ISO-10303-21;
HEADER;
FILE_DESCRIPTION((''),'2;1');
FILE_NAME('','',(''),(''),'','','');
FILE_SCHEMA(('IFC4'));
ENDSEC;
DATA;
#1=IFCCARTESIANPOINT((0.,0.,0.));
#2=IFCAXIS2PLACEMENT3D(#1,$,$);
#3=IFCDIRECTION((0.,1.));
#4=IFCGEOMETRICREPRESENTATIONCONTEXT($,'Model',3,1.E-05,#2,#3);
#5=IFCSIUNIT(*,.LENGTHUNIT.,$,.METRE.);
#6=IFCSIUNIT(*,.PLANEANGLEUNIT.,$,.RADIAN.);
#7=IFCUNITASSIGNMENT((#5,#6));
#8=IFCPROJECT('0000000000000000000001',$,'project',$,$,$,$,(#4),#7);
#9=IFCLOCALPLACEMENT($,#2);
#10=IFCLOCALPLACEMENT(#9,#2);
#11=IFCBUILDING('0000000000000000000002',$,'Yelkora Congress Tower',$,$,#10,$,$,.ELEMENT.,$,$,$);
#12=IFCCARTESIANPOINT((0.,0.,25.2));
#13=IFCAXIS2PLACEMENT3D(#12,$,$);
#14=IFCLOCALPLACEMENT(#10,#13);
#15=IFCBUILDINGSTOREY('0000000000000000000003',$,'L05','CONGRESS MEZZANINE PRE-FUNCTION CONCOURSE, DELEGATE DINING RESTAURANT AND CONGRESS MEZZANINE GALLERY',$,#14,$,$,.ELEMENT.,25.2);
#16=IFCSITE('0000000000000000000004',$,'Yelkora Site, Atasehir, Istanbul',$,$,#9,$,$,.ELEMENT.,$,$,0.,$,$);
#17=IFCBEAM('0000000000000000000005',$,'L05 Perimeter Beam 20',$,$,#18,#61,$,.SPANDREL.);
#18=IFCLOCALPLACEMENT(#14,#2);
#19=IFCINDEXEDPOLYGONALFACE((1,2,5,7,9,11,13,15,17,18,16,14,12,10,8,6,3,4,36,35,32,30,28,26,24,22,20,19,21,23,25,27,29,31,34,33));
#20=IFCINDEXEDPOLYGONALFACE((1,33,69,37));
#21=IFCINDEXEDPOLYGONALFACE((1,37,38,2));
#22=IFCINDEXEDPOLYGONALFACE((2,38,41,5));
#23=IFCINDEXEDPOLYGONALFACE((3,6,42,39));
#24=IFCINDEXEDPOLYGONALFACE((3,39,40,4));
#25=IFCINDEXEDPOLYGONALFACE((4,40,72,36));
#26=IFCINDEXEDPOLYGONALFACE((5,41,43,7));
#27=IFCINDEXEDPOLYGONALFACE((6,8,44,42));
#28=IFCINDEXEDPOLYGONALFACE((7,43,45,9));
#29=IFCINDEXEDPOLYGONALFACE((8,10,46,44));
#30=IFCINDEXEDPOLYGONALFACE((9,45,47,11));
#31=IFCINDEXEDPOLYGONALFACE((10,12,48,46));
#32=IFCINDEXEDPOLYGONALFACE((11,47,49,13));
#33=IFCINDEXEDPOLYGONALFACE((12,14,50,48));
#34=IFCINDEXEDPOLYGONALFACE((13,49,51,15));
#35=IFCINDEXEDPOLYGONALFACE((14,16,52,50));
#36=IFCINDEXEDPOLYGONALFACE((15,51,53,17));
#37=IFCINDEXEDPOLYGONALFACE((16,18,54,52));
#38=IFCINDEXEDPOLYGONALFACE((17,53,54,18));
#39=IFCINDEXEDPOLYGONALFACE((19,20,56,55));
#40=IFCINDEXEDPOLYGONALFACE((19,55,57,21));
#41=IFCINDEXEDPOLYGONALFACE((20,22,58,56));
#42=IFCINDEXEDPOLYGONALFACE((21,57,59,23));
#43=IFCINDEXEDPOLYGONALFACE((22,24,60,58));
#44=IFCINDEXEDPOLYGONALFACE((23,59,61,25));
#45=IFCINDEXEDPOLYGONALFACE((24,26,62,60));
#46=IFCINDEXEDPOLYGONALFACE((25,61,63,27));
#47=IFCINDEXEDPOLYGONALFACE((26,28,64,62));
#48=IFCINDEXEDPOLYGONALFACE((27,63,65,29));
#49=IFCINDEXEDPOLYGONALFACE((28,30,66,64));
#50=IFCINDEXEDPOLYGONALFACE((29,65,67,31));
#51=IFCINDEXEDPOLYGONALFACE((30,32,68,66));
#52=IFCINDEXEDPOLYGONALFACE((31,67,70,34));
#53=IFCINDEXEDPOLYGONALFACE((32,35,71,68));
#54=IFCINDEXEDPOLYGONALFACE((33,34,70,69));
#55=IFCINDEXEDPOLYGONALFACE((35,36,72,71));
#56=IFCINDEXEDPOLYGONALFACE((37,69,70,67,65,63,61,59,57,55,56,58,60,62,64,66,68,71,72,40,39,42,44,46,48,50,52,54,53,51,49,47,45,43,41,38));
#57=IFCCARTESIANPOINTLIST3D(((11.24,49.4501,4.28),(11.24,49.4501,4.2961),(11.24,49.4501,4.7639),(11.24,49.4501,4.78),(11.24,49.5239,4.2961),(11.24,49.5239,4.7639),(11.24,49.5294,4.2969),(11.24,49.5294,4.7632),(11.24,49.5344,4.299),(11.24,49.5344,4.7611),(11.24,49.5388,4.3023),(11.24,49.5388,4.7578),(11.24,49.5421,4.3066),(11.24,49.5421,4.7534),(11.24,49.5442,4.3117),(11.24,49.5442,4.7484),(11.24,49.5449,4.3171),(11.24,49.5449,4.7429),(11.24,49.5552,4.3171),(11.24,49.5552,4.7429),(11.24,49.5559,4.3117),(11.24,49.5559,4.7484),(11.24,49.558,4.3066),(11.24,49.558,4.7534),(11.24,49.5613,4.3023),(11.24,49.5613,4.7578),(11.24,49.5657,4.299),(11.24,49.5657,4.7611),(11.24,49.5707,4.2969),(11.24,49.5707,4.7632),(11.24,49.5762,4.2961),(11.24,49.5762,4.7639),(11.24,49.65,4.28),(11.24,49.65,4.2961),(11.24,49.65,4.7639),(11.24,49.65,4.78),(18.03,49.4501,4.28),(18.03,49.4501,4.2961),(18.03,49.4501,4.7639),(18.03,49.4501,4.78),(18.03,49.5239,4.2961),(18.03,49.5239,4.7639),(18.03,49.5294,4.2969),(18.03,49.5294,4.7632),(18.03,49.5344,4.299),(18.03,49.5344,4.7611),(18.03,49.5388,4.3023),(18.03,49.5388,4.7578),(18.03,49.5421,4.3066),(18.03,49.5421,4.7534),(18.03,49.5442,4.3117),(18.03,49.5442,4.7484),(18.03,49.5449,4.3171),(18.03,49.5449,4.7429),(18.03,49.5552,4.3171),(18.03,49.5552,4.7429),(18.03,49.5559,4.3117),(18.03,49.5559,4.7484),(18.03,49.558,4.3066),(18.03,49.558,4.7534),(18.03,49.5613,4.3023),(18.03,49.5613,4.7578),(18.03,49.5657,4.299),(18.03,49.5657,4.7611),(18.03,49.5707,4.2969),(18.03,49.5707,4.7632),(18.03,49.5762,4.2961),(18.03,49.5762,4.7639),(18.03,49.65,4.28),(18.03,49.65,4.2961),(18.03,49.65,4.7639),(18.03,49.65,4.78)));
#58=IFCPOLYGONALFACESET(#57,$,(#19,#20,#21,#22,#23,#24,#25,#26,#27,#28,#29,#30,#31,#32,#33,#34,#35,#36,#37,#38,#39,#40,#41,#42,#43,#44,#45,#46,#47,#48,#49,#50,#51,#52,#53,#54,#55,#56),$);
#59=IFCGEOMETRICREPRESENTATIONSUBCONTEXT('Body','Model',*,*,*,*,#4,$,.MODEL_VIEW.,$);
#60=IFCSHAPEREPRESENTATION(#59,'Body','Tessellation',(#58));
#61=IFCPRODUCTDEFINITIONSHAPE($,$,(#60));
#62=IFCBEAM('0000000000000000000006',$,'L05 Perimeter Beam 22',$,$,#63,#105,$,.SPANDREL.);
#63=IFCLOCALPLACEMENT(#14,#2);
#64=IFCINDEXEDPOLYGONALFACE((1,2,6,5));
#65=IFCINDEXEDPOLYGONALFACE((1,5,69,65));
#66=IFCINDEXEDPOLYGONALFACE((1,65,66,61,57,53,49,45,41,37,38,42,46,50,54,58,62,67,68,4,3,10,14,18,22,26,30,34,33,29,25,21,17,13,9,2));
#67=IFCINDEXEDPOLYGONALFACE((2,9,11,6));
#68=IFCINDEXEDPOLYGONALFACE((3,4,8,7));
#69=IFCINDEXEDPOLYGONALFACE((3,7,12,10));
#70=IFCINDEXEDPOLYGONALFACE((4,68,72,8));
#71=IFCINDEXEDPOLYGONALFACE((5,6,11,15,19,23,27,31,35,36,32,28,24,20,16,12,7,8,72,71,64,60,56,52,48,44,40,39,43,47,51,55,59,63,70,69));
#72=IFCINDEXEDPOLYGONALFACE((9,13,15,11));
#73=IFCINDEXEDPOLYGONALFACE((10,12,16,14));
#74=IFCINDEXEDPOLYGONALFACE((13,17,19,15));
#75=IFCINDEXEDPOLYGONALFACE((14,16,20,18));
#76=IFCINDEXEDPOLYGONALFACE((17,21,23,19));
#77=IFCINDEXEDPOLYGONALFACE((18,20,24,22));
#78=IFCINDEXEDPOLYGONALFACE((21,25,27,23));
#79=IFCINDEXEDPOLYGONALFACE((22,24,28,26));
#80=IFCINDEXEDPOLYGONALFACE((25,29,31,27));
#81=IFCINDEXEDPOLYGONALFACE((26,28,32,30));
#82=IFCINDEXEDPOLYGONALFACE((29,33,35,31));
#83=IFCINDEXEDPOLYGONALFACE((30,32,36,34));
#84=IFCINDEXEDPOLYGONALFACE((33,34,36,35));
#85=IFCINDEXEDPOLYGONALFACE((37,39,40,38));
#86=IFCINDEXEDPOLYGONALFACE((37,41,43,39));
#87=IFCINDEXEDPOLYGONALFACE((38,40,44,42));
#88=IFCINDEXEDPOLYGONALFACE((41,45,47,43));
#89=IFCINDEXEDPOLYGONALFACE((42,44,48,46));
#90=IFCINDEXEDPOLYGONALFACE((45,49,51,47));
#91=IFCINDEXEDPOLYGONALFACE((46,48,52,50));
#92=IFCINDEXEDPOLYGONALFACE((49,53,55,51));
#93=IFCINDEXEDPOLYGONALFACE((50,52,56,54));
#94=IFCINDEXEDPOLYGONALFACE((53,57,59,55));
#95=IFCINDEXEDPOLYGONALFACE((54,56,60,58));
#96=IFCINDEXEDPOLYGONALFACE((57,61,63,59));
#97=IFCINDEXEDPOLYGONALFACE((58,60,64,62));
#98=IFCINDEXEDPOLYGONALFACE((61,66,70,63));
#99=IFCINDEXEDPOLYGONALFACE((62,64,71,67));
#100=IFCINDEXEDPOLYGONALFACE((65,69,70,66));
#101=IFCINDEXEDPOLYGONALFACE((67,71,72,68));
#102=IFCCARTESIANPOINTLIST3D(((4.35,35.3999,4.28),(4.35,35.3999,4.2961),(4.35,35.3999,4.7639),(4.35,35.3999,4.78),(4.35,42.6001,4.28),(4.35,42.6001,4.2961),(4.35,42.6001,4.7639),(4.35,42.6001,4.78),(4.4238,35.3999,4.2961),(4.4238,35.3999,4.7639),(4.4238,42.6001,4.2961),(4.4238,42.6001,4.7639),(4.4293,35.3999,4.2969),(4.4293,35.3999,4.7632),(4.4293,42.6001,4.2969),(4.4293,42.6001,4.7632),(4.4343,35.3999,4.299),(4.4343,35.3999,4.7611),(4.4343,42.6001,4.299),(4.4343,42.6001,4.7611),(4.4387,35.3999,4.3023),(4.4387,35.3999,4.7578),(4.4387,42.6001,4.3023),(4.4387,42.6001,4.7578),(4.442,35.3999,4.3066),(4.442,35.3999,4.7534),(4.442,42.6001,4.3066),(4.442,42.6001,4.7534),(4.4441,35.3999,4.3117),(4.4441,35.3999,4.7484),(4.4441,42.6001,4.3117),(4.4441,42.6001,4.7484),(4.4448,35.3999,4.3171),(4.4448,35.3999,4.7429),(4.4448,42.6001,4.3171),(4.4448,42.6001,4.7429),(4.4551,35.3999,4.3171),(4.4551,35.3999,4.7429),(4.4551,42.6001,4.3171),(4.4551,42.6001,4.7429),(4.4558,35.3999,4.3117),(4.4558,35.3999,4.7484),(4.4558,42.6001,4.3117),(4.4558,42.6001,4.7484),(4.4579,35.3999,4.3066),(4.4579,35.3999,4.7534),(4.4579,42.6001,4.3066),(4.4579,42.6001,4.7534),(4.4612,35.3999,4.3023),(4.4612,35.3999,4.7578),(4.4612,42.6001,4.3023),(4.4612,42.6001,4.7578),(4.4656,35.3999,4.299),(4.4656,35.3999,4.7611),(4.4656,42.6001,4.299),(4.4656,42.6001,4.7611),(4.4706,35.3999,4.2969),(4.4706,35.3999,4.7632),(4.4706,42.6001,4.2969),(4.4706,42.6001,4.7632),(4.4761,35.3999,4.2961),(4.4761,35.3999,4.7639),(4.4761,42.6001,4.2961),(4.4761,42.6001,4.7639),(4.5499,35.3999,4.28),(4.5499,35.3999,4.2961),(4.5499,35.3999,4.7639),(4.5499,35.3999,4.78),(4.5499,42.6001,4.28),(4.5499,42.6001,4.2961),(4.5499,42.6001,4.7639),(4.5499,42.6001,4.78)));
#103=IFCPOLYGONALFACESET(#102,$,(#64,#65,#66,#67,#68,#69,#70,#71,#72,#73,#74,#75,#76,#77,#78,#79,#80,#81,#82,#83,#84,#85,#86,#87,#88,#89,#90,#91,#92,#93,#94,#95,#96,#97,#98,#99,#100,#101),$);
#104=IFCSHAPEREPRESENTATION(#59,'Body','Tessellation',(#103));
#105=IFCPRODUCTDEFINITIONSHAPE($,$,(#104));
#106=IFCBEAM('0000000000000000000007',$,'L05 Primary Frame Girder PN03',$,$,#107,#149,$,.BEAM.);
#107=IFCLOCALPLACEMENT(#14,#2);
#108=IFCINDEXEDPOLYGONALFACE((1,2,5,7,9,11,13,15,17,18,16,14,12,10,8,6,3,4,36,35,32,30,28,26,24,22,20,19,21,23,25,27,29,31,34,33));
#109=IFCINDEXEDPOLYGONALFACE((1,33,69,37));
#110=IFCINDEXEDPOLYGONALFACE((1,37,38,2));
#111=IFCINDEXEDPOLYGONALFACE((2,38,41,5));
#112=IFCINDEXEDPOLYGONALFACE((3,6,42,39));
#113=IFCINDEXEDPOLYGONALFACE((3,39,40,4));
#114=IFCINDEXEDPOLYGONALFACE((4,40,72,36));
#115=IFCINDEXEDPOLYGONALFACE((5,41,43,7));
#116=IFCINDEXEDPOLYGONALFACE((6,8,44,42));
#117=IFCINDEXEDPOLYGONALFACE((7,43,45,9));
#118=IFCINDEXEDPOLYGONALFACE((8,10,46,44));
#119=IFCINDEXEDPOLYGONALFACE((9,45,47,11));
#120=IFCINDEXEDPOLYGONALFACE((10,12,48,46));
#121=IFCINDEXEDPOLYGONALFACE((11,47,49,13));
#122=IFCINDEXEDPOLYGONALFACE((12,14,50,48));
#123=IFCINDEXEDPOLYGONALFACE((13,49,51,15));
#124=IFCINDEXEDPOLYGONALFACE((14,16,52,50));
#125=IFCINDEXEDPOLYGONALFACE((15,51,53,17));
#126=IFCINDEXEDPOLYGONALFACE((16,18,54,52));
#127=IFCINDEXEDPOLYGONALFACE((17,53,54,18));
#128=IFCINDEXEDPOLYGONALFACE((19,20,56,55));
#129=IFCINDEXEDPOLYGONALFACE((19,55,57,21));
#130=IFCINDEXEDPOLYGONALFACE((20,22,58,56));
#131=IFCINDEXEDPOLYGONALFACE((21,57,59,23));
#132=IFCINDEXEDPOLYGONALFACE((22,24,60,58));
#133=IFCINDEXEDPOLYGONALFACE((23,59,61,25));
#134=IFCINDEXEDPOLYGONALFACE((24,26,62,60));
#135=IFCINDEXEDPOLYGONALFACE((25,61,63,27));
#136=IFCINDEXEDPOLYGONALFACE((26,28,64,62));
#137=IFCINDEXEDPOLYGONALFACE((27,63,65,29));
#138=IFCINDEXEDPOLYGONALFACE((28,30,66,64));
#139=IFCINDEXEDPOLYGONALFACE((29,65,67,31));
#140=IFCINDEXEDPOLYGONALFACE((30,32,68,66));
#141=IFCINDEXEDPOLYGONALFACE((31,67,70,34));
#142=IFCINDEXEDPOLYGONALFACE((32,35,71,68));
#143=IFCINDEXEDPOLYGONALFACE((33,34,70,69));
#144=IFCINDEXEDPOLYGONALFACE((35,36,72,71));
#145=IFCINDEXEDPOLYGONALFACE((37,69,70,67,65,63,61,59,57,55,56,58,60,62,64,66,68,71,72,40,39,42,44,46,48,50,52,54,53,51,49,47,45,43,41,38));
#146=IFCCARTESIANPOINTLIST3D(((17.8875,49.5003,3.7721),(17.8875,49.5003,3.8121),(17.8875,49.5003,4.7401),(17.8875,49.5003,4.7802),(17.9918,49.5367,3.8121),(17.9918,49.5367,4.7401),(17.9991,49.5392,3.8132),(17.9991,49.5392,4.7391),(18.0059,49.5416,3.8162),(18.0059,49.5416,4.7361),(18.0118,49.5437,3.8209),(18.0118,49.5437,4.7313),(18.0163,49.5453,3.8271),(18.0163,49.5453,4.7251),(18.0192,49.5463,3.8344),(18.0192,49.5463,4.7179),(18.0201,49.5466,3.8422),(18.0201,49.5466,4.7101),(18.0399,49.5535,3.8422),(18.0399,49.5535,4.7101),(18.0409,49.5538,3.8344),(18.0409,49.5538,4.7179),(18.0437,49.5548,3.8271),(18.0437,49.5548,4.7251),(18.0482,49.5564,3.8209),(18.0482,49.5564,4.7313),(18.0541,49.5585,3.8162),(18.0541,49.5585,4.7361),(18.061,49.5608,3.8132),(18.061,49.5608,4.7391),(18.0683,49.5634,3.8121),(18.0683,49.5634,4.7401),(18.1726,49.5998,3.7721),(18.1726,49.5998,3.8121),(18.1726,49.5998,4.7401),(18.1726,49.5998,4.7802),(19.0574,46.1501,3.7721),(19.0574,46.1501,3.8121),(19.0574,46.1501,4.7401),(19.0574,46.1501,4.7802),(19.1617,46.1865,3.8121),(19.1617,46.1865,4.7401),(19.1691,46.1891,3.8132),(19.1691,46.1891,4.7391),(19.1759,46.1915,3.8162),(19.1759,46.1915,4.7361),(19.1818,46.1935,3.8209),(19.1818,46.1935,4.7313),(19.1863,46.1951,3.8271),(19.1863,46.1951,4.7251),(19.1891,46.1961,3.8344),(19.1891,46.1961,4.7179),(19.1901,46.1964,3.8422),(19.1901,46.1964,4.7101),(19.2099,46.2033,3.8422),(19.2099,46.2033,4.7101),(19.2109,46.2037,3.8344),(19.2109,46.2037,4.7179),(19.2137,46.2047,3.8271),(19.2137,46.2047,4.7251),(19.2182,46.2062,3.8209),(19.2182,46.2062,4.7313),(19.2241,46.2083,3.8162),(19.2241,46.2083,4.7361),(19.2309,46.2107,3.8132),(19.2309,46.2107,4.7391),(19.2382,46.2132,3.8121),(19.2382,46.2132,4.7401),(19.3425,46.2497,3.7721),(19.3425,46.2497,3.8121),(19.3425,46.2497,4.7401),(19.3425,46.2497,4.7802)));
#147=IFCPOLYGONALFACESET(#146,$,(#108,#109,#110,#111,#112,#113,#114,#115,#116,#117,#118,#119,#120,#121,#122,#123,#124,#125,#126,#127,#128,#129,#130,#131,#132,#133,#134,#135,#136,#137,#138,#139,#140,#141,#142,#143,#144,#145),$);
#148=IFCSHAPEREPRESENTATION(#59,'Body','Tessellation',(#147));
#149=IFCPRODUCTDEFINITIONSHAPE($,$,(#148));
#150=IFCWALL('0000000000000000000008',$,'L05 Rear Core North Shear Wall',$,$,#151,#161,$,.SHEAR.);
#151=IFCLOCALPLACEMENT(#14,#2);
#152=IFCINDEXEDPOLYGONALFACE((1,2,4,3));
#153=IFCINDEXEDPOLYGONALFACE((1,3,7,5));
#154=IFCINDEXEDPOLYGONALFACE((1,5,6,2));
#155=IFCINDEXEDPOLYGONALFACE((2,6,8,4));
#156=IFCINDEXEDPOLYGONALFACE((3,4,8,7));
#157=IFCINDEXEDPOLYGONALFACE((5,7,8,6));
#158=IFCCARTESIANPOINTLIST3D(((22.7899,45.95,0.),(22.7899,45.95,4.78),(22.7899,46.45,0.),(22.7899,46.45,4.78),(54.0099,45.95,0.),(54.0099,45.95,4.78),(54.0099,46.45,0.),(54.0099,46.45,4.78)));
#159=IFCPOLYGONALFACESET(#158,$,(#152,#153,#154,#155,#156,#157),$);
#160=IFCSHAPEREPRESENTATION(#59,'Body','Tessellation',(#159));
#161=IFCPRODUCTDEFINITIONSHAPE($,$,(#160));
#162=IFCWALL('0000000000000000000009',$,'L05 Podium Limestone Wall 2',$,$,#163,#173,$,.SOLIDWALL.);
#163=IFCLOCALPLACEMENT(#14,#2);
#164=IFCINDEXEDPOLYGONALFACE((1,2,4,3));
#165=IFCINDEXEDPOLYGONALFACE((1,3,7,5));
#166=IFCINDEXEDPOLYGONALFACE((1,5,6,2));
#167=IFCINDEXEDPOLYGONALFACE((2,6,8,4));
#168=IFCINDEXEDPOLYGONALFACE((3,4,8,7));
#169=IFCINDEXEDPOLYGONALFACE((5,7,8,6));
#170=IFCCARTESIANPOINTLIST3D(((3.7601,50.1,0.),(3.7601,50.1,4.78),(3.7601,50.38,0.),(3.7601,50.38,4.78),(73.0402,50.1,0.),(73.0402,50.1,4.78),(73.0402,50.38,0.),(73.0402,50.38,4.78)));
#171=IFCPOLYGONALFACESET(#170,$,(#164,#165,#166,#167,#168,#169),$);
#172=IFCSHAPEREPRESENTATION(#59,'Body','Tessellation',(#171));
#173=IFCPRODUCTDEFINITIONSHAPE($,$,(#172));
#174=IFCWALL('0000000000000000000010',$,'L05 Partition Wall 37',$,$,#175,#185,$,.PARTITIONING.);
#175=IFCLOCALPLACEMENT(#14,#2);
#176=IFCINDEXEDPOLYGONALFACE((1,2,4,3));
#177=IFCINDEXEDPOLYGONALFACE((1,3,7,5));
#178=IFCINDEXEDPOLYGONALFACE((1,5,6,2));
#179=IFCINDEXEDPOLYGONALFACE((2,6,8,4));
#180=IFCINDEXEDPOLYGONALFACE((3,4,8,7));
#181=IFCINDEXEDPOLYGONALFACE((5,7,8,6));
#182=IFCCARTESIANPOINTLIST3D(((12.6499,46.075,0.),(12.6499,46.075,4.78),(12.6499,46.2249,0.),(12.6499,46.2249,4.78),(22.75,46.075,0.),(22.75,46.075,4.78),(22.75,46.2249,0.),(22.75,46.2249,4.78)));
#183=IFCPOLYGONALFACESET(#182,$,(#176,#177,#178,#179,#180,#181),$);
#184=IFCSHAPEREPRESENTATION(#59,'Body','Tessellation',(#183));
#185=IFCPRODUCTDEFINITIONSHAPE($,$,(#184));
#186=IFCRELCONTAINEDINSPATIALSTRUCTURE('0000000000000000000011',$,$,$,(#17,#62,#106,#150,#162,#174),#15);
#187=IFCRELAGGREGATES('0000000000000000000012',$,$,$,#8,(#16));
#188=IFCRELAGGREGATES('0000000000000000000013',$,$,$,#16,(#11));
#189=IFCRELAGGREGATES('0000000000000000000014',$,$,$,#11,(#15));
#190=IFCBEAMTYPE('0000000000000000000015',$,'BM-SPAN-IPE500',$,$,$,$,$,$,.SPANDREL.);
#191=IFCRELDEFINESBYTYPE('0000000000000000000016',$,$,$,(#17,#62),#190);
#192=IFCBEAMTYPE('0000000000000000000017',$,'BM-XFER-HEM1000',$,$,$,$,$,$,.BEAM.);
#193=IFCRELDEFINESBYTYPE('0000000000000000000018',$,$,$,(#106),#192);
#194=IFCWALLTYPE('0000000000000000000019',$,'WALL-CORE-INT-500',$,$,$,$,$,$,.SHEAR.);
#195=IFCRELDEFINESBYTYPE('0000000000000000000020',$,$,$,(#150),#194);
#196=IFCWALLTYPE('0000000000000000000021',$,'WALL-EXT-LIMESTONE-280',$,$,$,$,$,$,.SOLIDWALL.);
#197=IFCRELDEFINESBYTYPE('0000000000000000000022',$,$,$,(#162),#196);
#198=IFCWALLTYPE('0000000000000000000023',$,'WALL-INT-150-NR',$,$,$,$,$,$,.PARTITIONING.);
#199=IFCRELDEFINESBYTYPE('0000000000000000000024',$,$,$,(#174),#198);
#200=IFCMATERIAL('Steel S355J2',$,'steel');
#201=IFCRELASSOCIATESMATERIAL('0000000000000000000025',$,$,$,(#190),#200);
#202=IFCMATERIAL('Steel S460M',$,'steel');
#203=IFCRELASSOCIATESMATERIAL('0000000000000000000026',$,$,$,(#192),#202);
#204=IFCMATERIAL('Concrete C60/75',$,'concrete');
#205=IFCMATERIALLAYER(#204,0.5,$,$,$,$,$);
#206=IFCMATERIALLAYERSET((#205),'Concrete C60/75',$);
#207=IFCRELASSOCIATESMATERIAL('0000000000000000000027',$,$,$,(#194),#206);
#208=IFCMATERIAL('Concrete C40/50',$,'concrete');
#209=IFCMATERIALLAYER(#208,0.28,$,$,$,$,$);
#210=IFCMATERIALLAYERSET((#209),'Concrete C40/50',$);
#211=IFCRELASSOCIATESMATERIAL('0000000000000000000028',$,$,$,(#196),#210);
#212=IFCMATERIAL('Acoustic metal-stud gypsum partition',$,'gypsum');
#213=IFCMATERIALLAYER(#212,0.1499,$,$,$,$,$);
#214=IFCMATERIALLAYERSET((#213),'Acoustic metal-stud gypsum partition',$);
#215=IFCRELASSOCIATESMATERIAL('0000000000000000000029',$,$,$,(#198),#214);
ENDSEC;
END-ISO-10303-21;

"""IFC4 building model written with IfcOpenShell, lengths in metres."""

from ifc_helpers import new_model, si_unit, direction, frame, frame_2d, origin, origin_2d, place, context, subcontext, project, spatial, rectangle, i_section, extrude, material, layer, layer_set, material_profile, profile_set, type_object, element, save


model = new_model("IFC4")

# Units and contexts
model_context = context("Model", 3, precision=1e-05, world=origin(), true_north=direction((0.0, 1.0)))
body_context = subcontext(model_context, "Body", "Model", "MODEL_VIEW")
ifc_project = project(units=[si_unit("LENGTHUNIT", "METRE"), si_unit("PLANEANGLEUNIT", "RADIAN")], contexts=[model_context])

# Site, building, storey
site_placement = place(None, origin())
site = spatial("IfcSite", under=ifc_project, at=site_placement, Name="Yelkora Site, Atasehir, Istanbul", CompositionType="ELEMENT", RefElevation=0.0)
building_placement = place(site_placement, origin())
building = spatial("IfcBuilding", under=site, at=building_placement, Name="Yelkora Congress Tower", CompositionType="ELEMENT")
storey_placement = place(building_placement, frame((0.0, 0.0, 25.2)))
storey = spatial("IfcBuildingStorey", under=building, at=storey_placement, Name="L05", Description="CONGRESS MEZZANINE PRE-FUNCTION CONCOURSE, DELEGATE DINING RESTAURANT AND CONGRESS MEZZANINE GALLERY", CompositionType="ELEMENT", Elevation=25.2)

# Shared definitions
ifc_material_1 = material(Name="Concrete C60/75", Category="concrete")

# Beams
ifc_material_2 = material(Name="Steel S355J2", Category="steel")
ifc_material_profile_1 = material_profile(ifc_material_2, i_section(OverallWidth=0.2, OverallDepth=0.5, WebThickness=0.0103, FlangeThickness=0.0161, FilletRadius=0.021, at=origin_2d()), Name="IPE 500")
ifc_profile_set_1 = profile_set([ifc_material_profile_1], Name="Steel S355J2")
beam_type_1 = type_object("IfcBeamType", Name="BM-SPAN-IPE500", PredefinedType="SPANDREL", material=ifc_profile_set_1)
beam_1_placement = place(storey_placement, frame((18.03, 49.55, 4.53), z_axis=(-1.0, 0.0, 0.0), x_axis=(0.0, -1.0, 0.0)))
element("IfcBeam", 1, at=beam_1_placement, inside=storey, type_object=beam_type_1, Name="L05 Perimeter Beam 20", PredefinedType="SPANDREL", context=body_context, shape_type="SweptSolid", body=[
    extrude(i_section(OverallWidth=0.2, OverallDepth=0.5, WebThickness=0.0103, FlangeThickness=0.0161, FilletRadius=0.021, at=origin_2d()), origin(), (0.0, 0.0, 1.0), 6.79),
])
beam_2_placement = place(storey_placement, frame((4.45, 42.6001, 4.53), z_axis=(0.0, -1.0, 0.0), x_axis=(1.0, 0.0, 0.0)))
element("IfcBeam", 2, at=beam_2_placement, inside=storey, type_object=beam_type_1, Name="L05 Perimeter Beam 22", PredefinedType="SPANDREL", context=body_context, shape_type="SweptSolid", body=[
    extrude(i_section(OverallWidth=0.2, OverallDepth=0.5, WebThickness=0.0103, FlangeThickness=0.0161, FilletRadius=0.021, at=origin_2d()), origin(), (0.0, 0.0, 1.0), 7.2002),
])
ifc_material_3 = material(Name="Steel S460M", Category="steel")
ifc_material_profile_2 = material_profile(ifc_material_3, i_section(OverallWidth=0.302, OverallDepth=1.0081, WebThickness=0.021, FlangeThickness=0.04, FilletRadius=0.03, at=origin_2d()), Name="HEM 1000")
ifc_profile_set_2 = profile_set([ifc_material_profile_2], Name="Steel S460M")
beam_type_2 = type_object("IfcBeamType", Name="BM-XFER-HEM1000", PredefinedType="BEAM", material=ifc_profile_set_2)
beam_3_placement = place(storey_placement, frame((18.03, 49.55, 4.2761), z_axis=(0.329695, -0.944088, 0.0), x_axis=(0.944088, 0.329695, 0.0)))
element("IfcBeam", 3, at=beam_3_placement, inside=storey, type_object=beam_type_2, Name="L05 Primary Frame Girder PN03", PredefinedType="BEAM", context=body_context, shape_type="SweptSolid", body=[
    extrude(i_section(OverallWidth=0.302, OverallDepth=1.0081, WebThickness=0.021, FlangeThickness=0.04, FilletRadius=0.03, at=origin_2d()), origin(), (0.0, 0.0, 1.0), 3.5486),
])

# Walls
ifc_layer_1 = layer(ifc_material_1, 0.5)
ifc_layer_set_1 = layer_set([ifc_layer_1], Name="Concrete C60/75")
wall_type_1 = type_object("IfcWallType", Name="WALL-CORE-INT-500", PredefinedType="SHEAR", material=ifc_layer_set_1)
wall_1_placement = place(storey_placement, frame((22.79, 46.2, 0.0), z_axis=(0.0, 0.0, 1.0), x_axis=(1.0, 0.0, 0.0)))
element("IfcWall", 4, at=wall_1_placement, inside=storey, type_object=wall_type_1, Name="L05 Rear Core North Shear Wall", PredefinedType="SHEAR", context=body_context, shape_type="SweptSolid", body=[
    extrude(rectangle(XDim=31.22, YDim=0.5, at=frame_2d((15.6099, 0.0))), origin(), (0.0, 0.0, 1.0), 4.78),
])
ifc_material_4 = material(Name="Concrete C40/50", Category="concrete")
ifc_layer_2 = layer(ifc_material_4, 0.28)
ifc_layer_set_2 = layer_set([ifc_layer_2], Name="Concrete C40/50")
wall_type_2 = type_object("IfcWallType", Name="WALL-EXT-LIMESTONE-280", PredefinedType="SOLIDWALL", material=ifc_layer_set_2)
wall_2_placement = place(storey_placement, frame((3.76, 50.24, 0.0), z_axis=(0.0, 0.0, 1.0), x_axis=(1.0, 0.0, 0.0)))
element("IfcWall", 5, at=wall_2_placement, inside=storey, type_object=wall_type_2, Name="L05 Podium Limestone Wall 2", PredefinedType="SOLIDWALL", context=body_context, shape_type="SweptSolid", body=[
    extrude(rectangle(XDim=69.28, YDim=0.28, at=frame_2d((34.6401, 0.0))), origin(), (0.0, 0.0, 1.0), 4.78),
])
ifc_material_5 = material(Name="Acoustic metal-stud gypsum partition", Category="gypsum")
ifc_layer_3 = layer(ifc_material_5, 0.1499)
ifc_layer_set_3 = layer_set([ifc_layer_3], Name="Acoustic metal-stud gypsum partition")
wall_type_3 = type_object("IfcWallType", Name="WALL-INT-150-NR", PredefinedType="PARTITIONING", material=ifc_layer_set_3)
wall_3_placement = place(storey_placement, frame((12.6499, 46.1499, 0.0), z_axis=(0.0, 0.0, 1.0), x_axis=(1.0, 0.0, 0.0)))
element("IfcWall", 6, at=wall_3_placement, inside=storey, type_object=wall_type_3, Name="L05 Partition Wall 37", PredefinedType="PARTITIONING", context=body_context, shape_type="SweptSolid", body=[
    extrude(rectangle(XDim=10.1001, YDim=0.1499, at=frame_2d((5.05, 0.0))), origin(), (0.0, 0.0, 1.0), 4.78),
])

save(model, "model.ifc")
